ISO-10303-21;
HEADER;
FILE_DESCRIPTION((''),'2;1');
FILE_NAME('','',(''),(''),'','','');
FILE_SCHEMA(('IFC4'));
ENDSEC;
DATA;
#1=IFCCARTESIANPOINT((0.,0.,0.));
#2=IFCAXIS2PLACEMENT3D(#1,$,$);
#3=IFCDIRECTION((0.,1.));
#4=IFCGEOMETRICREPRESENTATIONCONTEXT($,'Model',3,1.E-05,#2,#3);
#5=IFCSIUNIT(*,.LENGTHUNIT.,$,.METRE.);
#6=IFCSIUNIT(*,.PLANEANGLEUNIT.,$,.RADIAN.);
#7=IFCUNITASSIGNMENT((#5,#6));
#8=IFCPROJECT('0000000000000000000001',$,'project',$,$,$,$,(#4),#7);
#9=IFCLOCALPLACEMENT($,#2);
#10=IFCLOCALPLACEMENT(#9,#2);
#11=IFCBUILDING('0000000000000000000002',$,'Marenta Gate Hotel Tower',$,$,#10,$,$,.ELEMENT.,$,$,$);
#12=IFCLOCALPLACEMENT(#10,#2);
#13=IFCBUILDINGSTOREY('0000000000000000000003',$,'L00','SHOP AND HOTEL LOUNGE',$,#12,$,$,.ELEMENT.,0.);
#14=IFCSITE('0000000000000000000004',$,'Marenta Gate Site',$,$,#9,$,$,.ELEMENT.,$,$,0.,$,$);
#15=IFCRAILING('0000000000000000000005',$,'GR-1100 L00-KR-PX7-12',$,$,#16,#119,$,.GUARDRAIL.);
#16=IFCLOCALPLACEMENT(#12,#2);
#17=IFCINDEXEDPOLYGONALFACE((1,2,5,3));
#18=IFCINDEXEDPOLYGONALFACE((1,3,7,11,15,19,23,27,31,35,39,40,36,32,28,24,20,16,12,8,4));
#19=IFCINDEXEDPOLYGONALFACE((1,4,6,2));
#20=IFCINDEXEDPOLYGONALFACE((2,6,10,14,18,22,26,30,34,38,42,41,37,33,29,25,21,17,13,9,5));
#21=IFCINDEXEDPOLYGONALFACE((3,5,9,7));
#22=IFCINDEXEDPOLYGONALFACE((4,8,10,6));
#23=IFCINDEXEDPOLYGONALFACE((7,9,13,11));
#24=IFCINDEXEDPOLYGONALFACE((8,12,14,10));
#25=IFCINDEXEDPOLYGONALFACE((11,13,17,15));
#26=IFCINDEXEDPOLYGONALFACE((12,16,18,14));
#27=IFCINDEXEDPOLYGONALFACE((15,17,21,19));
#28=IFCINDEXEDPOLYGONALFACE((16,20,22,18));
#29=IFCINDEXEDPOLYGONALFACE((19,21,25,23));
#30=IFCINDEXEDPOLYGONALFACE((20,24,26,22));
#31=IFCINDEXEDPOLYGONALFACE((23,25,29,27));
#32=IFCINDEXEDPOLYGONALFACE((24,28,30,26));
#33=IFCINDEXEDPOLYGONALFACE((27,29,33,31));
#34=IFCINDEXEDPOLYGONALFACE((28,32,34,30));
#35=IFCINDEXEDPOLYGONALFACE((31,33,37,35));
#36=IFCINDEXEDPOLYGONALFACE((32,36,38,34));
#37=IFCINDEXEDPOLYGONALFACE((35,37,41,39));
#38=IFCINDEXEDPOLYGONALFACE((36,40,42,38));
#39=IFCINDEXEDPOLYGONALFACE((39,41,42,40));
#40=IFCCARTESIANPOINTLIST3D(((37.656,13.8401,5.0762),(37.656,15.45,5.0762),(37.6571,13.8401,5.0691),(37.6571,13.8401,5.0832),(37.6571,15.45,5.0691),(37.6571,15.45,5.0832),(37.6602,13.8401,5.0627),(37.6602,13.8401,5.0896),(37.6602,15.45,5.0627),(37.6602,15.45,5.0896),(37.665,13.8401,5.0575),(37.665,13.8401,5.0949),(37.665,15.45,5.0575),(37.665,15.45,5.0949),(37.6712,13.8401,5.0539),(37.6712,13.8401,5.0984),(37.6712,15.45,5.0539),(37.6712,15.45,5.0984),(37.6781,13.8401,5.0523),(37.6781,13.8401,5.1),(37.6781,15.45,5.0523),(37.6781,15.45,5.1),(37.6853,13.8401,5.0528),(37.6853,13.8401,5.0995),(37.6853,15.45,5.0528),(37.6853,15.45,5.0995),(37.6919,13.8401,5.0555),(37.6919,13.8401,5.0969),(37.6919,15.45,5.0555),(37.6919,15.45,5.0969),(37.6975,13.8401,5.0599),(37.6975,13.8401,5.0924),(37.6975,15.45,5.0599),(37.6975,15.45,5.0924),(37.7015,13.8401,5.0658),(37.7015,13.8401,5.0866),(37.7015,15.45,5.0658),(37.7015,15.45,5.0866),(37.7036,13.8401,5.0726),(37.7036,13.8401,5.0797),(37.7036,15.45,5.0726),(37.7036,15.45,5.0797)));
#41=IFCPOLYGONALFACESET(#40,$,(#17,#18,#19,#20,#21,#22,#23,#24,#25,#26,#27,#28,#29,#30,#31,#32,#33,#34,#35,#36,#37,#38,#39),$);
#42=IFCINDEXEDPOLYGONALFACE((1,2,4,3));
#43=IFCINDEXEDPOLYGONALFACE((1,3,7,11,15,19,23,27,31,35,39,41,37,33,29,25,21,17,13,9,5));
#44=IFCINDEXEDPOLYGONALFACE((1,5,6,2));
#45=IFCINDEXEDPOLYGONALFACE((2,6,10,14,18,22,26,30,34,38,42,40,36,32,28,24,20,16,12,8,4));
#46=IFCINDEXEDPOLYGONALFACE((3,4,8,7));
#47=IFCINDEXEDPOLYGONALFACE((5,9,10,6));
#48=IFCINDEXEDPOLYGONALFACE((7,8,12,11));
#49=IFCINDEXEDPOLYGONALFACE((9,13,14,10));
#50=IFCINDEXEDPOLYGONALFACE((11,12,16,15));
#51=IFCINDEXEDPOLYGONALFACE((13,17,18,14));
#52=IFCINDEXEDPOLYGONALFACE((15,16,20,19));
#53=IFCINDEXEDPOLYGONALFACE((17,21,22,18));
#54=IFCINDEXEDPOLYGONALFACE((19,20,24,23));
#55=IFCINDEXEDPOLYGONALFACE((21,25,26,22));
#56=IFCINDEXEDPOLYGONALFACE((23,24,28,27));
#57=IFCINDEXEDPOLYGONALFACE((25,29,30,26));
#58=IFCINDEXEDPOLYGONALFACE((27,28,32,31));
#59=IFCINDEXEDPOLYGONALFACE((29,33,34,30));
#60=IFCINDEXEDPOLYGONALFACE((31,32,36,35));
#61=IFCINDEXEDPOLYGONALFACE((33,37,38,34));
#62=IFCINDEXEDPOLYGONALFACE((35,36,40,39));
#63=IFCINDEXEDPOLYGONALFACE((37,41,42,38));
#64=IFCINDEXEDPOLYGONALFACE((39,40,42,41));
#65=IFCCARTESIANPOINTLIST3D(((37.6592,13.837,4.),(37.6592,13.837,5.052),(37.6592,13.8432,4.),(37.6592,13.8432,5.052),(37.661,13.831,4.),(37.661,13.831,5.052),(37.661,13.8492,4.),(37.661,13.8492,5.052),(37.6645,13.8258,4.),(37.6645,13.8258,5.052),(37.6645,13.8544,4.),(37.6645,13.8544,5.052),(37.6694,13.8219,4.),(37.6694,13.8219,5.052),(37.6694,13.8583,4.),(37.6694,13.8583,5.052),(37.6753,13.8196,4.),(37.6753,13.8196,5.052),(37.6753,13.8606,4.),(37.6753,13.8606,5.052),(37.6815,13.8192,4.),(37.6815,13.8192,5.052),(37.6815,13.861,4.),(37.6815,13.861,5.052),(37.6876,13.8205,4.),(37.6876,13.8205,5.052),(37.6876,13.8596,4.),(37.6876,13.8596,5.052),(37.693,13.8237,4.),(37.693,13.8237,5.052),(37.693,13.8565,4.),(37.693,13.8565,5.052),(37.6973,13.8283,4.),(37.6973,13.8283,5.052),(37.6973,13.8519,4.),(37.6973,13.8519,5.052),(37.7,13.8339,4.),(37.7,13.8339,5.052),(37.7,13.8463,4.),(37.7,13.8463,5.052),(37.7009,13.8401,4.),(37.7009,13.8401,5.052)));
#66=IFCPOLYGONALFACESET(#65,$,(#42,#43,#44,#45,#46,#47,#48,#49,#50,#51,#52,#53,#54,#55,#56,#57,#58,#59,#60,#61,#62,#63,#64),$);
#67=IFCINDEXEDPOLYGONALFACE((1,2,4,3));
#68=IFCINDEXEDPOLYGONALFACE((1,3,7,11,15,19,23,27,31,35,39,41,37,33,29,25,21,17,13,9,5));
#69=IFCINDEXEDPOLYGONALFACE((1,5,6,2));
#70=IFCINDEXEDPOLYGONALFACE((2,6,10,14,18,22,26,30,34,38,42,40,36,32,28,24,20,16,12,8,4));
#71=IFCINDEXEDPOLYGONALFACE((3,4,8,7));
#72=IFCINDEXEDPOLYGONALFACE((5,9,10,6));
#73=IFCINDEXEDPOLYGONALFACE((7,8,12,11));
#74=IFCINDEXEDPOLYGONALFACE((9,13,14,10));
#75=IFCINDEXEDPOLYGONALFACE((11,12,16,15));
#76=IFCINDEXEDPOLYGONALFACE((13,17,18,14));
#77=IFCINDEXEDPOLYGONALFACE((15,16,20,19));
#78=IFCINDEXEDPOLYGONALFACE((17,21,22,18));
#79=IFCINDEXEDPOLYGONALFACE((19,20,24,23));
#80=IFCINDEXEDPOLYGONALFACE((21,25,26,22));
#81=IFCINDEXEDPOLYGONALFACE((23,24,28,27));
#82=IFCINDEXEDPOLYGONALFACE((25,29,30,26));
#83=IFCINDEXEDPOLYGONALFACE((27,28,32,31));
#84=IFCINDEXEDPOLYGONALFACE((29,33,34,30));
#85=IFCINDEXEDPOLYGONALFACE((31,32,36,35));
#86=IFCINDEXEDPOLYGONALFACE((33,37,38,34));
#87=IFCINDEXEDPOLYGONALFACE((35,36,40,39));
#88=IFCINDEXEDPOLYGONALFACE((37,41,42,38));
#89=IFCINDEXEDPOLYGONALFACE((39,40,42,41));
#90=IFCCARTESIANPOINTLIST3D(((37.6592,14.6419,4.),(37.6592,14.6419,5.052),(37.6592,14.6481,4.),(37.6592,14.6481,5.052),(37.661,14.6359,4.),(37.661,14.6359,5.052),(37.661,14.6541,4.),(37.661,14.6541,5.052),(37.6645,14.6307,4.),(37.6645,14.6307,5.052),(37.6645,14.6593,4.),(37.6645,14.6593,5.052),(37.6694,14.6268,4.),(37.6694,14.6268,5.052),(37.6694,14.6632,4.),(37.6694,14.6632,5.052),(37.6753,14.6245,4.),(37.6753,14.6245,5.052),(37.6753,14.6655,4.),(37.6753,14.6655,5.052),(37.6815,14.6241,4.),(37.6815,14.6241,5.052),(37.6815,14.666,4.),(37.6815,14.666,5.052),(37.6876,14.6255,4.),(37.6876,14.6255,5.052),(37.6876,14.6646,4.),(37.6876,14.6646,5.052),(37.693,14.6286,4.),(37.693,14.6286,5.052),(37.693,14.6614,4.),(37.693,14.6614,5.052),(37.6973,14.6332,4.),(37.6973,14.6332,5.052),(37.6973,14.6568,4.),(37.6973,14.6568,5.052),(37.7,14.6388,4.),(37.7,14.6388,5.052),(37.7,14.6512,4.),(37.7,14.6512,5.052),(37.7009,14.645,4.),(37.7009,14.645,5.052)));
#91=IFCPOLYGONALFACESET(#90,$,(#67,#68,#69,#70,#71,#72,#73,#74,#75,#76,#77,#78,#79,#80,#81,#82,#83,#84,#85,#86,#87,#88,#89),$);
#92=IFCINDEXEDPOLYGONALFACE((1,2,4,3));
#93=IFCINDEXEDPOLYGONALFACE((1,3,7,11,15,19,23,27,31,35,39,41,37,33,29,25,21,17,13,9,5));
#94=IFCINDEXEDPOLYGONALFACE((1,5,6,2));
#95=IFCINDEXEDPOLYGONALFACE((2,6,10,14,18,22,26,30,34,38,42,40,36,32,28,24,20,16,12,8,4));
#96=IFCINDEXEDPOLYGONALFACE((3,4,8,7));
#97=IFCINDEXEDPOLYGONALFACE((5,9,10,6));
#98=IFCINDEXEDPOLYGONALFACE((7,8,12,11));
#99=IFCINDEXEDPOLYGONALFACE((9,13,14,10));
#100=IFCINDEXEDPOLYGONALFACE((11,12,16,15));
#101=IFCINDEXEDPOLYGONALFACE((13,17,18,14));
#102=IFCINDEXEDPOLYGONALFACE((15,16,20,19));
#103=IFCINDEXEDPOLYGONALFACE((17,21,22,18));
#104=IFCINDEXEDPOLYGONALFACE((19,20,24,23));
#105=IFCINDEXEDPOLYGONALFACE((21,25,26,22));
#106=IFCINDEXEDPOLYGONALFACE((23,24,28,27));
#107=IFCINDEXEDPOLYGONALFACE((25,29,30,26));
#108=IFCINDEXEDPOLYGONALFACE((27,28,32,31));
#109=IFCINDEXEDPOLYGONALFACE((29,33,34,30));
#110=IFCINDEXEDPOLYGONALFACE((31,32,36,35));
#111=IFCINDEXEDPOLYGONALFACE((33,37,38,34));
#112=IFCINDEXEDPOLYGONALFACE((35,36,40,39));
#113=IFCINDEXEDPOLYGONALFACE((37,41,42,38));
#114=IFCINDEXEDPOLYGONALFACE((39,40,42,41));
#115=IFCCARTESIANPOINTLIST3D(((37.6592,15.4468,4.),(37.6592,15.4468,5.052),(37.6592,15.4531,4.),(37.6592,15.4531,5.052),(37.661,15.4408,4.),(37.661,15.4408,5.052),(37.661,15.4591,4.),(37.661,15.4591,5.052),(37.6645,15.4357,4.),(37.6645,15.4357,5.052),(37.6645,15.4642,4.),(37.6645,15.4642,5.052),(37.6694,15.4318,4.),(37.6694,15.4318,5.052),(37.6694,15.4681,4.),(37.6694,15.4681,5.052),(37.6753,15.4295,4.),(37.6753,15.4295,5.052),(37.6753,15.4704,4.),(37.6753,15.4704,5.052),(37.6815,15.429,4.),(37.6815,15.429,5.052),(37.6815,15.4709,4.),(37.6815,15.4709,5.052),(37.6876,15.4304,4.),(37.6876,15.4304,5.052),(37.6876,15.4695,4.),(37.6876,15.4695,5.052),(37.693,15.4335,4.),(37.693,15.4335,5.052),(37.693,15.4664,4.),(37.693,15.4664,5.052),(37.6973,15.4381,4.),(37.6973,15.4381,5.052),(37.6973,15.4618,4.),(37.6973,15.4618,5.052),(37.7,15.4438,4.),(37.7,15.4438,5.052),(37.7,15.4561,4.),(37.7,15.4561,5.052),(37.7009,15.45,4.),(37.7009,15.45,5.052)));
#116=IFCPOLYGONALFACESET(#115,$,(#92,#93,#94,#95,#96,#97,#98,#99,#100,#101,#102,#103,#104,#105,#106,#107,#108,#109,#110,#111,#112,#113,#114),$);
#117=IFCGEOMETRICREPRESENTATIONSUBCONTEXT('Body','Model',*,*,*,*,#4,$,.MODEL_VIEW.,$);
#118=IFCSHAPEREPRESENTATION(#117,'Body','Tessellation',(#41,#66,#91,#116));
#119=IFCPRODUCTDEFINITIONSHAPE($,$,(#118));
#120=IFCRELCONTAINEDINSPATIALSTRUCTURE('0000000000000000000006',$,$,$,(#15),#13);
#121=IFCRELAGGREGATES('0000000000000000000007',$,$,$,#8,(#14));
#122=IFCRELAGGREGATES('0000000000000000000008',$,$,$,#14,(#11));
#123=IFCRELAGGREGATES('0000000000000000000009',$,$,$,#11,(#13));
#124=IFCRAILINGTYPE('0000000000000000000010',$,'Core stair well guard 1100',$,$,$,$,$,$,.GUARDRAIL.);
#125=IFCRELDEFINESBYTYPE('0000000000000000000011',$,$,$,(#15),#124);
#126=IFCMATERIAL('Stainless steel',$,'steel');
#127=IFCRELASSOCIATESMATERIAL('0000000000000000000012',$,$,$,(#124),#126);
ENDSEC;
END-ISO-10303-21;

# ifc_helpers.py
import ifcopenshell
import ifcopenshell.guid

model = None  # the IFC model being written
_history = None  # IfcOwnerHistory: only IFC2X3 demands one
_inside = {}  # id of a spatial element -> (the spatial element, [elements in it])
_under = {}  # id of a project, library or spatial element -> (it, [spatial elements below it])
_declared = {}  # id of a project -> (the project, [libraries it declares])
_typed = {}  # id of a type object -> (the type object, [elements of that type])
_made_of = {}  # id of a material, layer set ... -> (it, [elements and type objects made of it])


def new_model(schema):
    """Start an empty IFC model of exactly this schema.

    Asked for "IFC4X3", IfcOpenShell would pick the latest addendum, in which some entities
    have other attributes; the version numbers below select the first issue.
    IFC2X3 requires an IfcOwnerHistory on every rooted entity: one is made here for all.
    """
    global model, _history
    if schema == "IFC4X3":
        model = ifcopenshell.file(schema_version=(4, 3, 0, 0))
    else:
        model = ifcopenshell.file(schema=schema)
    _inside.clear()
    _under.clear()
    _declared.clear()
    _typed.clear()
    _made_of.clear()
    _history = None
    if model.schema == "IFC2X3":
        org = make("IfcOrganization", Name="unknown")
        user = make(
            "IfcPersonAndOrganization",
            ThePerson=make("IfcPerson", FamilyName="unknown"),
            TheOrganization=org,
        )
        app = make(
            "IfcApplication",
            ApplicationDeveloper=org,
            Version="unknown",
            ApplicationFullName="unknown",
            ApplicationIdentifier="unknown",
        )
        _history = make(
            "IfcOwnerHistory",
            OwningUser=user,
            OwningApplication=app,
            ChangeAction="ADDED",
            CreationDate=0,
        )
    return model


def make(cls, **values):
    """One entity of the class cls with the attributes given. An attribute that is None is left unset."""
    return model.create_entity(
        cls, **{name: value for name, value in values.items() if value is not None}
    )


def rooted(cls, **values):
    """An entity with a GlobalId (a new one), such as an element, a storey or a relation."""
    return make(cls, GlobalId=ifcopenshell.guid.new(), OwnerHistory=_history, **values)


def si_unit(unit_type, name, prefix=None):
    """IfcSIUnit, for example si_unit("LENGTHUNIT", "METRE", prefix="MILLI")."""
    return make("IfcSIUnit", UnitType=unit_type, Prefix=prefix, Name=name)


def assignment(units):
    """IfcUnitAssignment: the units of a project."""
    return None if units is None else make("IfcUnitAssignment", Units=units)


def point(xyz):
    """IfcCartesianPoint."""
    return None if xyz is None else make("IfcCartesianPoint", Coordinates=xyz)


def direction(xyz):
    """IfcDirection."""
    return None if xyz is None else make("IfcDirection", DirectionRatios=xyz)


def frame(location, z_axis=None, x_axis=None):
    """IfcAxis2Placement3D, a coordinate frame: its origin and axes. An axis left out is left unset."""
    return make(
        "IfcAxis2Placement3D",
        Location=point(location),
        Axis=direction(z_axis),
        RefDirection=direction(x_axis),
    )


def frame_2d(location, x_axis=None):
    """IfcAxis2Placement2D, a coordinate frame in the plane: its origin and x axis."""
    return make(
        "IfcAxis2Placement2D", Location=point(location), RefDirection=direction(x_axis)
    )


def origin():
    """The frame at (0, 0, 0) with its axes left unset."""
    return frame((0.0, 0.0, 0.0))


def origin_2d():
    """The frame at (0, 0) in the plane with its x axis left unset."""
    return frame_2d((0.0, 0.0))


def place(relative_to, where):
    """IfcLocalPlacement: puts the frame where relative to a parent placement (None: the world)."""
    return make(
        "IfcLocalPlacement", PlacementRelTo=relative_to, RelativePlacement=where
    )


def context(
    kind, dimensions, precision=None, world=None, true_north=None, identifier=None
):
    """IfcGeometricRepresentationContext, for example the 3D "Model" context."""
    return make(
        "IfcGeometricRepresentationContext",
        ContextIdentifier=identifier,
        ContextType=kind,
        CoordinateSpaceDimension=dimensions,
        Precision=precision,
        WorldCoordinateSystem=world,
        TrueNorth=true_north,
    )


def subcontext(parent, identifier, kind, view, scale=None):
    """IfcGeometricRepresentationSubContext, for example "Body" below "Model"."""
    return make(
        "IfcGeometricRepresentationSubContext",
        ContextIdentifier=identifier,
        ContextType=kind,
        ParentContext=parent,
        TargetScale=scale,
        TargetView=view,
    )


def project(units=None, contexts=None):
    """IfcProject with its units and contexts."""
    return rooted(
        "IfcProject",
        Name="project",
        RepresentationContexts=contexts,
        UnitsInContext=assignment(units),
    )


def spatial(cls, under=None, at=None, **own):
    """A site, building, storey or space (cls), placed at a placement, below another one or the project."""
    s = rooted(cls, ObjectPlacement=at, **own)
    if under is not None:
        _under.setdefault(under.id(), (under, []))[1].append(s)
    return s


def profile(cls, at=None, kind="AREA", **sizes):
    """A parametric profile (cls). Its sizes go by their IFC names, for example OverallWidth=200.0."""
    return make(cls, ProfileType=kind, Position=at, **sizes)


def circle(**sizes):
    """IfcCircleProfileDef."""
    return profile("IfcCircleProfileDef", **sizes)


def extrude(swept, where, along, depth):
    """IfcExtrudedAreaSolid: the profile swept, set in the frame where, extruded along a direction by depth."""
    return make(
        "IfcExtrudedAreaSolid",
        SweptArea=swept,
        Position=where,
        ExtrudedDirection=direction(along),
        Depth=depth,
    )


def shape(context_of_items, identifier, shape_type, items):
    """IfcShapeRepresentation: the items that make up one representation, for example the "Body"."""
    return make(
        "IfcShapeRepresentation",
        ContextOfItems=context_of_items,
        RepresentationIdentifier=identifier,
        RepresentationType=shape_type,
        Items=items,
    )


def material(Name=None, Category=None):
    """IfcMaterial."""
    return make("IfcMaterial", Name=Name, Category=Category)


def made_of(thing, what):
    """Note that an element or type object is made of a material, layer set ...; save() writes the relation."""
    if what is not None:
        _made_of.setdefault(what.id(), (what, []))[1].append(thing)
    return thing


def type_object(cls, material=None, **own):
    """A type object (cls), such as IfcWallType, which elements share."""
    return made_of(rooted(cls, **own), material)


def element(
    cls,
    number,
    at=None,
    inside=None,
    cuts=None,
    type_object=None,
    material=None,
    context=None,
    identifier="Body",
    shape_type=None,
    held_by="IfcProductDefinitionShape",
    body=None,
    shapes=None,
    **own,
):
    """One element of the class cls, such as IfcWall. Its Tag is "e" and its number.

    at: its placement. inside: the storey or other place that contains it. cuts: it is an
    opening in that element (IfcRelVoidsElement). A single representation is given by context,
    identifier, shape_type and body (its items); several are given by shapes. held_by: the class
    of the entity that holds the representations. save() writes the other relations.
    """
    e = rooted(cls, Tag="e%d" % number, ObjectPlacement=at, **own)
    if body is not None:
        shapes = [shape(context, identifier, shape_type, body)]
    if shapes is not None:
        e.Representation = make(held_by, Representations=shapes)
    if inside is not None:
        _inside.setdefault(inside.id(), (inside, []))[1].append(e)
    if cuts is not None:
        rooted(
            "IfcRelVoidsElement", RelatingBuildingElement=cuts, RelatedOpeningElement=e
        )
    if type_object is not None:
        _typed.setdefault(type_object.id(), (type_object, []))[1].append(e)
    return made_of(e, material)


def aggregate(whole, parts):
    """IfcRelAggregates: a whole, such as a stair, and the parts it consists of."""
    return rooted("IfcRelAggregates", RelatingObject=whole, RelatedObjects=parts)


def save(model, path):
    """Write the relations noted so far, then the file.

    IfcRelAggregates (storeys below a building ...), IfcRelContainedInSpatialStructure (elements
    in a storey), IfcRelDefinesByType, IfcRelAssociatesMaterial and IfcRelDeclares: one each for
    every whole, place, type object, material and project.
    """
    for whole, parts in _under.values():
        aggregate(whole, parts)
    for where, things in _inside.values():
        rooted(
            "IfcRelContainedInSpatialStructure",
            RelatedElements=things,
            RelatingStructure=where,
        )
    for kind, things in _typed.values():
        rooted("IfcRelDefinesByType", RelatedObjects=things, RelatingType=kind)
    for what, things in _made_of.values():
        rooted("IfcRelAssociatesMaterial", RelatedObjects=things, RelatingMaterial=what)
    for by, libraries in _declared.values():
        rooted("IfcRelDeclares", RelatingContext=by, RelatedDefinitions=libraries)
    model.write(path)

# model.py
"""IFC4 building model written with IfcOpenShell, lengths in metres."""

from ifc_helpers import new_model, si_unit, direction, frame, origin, origin_2d, place, context, subcontext, project, spatial, circle, extrude, material, type_object, element, save


model = new_model("IFC4")

# Units and contexts
model_context = context("Model", 3, precision=1e-05, world=origin(), true_north=direction((0.0, 1.0)))
body_context = subcontext(model_context, "Body", "Model", "MODEL_VIEW")
ifc_project = project(units=[si_unit("LENGTHUNIT", "METRE"), si_unit("PLANEANGLEUNIT", "RADIAN")], contexts=[model_context])

# Site, building, storey
site_placement = place(None, origin())
site = spatial("IfcSite", under=ifc_project, at=site_placement, Name="Marenta Gate Site", CompositionType="ELEMENT", RefElevation=0.0)
building_placement = place(site_placement, origin())
building = spatial("IfcBuilding", under=site, at=building_placement, Name="Marenta Gate Hotel Tower", CompositionType="ELEMENT")
storey_placement = place(building_placement, origin())
storey = spatial("IfcBuildingStorey", under=building, at=storey_placement, Name="L00", Description="SHOP AND HOTEL LOUNGE", CompositionType="ELEMENT", Elevation=0.0)

# Railing
ifc_material_1 = material(Name="Stainless steel", Category="steel")
railing_type_1 = type_object("IfcRailingType", Name="Core stair well guard 1100", PredefinedType="GUARDRAIL", material=ifc_material_1)
railing_1_placement = place(storey_placement, frame((37.6799, 13.8401, 4.0)))
element("IfcRailing", 1, at=railing_1_placement, inside=storey, type_object=railing_type_1, Name="GR-1100 L00-KR-PX7-12", PredefinedType="GUARDRAIL", context=body_context, shape_type="SweptSolid", body=[
    extrude(circle(Radius=0.0239, at=origin_2d()), frame((0.0, 0.0, 1.0762), z_axis=(0.0, 1.0, 0.0), x_axis=(-1.0, 0.0, 0.0)), (0.0, 0.0, 1.0), 1.6099),
    extrude(circle(Radius=0.021, at=origin_2d()), origin(), (0.0, 0.0, 1.0), 1.052),
    extrude(circle(Radius=0.021, at=origin_2d()), frame((0.0, 0.8049, 0.0)), (0.0, 0.0, 1.0), 1.052),
    extrude(circle(Radius=0.021, at=origin_2d()), frame((0.0, 1.6099, 0.0)), (0.0, 0.0, 1.0), 1.052),
])

save(model, "model.ifc")
